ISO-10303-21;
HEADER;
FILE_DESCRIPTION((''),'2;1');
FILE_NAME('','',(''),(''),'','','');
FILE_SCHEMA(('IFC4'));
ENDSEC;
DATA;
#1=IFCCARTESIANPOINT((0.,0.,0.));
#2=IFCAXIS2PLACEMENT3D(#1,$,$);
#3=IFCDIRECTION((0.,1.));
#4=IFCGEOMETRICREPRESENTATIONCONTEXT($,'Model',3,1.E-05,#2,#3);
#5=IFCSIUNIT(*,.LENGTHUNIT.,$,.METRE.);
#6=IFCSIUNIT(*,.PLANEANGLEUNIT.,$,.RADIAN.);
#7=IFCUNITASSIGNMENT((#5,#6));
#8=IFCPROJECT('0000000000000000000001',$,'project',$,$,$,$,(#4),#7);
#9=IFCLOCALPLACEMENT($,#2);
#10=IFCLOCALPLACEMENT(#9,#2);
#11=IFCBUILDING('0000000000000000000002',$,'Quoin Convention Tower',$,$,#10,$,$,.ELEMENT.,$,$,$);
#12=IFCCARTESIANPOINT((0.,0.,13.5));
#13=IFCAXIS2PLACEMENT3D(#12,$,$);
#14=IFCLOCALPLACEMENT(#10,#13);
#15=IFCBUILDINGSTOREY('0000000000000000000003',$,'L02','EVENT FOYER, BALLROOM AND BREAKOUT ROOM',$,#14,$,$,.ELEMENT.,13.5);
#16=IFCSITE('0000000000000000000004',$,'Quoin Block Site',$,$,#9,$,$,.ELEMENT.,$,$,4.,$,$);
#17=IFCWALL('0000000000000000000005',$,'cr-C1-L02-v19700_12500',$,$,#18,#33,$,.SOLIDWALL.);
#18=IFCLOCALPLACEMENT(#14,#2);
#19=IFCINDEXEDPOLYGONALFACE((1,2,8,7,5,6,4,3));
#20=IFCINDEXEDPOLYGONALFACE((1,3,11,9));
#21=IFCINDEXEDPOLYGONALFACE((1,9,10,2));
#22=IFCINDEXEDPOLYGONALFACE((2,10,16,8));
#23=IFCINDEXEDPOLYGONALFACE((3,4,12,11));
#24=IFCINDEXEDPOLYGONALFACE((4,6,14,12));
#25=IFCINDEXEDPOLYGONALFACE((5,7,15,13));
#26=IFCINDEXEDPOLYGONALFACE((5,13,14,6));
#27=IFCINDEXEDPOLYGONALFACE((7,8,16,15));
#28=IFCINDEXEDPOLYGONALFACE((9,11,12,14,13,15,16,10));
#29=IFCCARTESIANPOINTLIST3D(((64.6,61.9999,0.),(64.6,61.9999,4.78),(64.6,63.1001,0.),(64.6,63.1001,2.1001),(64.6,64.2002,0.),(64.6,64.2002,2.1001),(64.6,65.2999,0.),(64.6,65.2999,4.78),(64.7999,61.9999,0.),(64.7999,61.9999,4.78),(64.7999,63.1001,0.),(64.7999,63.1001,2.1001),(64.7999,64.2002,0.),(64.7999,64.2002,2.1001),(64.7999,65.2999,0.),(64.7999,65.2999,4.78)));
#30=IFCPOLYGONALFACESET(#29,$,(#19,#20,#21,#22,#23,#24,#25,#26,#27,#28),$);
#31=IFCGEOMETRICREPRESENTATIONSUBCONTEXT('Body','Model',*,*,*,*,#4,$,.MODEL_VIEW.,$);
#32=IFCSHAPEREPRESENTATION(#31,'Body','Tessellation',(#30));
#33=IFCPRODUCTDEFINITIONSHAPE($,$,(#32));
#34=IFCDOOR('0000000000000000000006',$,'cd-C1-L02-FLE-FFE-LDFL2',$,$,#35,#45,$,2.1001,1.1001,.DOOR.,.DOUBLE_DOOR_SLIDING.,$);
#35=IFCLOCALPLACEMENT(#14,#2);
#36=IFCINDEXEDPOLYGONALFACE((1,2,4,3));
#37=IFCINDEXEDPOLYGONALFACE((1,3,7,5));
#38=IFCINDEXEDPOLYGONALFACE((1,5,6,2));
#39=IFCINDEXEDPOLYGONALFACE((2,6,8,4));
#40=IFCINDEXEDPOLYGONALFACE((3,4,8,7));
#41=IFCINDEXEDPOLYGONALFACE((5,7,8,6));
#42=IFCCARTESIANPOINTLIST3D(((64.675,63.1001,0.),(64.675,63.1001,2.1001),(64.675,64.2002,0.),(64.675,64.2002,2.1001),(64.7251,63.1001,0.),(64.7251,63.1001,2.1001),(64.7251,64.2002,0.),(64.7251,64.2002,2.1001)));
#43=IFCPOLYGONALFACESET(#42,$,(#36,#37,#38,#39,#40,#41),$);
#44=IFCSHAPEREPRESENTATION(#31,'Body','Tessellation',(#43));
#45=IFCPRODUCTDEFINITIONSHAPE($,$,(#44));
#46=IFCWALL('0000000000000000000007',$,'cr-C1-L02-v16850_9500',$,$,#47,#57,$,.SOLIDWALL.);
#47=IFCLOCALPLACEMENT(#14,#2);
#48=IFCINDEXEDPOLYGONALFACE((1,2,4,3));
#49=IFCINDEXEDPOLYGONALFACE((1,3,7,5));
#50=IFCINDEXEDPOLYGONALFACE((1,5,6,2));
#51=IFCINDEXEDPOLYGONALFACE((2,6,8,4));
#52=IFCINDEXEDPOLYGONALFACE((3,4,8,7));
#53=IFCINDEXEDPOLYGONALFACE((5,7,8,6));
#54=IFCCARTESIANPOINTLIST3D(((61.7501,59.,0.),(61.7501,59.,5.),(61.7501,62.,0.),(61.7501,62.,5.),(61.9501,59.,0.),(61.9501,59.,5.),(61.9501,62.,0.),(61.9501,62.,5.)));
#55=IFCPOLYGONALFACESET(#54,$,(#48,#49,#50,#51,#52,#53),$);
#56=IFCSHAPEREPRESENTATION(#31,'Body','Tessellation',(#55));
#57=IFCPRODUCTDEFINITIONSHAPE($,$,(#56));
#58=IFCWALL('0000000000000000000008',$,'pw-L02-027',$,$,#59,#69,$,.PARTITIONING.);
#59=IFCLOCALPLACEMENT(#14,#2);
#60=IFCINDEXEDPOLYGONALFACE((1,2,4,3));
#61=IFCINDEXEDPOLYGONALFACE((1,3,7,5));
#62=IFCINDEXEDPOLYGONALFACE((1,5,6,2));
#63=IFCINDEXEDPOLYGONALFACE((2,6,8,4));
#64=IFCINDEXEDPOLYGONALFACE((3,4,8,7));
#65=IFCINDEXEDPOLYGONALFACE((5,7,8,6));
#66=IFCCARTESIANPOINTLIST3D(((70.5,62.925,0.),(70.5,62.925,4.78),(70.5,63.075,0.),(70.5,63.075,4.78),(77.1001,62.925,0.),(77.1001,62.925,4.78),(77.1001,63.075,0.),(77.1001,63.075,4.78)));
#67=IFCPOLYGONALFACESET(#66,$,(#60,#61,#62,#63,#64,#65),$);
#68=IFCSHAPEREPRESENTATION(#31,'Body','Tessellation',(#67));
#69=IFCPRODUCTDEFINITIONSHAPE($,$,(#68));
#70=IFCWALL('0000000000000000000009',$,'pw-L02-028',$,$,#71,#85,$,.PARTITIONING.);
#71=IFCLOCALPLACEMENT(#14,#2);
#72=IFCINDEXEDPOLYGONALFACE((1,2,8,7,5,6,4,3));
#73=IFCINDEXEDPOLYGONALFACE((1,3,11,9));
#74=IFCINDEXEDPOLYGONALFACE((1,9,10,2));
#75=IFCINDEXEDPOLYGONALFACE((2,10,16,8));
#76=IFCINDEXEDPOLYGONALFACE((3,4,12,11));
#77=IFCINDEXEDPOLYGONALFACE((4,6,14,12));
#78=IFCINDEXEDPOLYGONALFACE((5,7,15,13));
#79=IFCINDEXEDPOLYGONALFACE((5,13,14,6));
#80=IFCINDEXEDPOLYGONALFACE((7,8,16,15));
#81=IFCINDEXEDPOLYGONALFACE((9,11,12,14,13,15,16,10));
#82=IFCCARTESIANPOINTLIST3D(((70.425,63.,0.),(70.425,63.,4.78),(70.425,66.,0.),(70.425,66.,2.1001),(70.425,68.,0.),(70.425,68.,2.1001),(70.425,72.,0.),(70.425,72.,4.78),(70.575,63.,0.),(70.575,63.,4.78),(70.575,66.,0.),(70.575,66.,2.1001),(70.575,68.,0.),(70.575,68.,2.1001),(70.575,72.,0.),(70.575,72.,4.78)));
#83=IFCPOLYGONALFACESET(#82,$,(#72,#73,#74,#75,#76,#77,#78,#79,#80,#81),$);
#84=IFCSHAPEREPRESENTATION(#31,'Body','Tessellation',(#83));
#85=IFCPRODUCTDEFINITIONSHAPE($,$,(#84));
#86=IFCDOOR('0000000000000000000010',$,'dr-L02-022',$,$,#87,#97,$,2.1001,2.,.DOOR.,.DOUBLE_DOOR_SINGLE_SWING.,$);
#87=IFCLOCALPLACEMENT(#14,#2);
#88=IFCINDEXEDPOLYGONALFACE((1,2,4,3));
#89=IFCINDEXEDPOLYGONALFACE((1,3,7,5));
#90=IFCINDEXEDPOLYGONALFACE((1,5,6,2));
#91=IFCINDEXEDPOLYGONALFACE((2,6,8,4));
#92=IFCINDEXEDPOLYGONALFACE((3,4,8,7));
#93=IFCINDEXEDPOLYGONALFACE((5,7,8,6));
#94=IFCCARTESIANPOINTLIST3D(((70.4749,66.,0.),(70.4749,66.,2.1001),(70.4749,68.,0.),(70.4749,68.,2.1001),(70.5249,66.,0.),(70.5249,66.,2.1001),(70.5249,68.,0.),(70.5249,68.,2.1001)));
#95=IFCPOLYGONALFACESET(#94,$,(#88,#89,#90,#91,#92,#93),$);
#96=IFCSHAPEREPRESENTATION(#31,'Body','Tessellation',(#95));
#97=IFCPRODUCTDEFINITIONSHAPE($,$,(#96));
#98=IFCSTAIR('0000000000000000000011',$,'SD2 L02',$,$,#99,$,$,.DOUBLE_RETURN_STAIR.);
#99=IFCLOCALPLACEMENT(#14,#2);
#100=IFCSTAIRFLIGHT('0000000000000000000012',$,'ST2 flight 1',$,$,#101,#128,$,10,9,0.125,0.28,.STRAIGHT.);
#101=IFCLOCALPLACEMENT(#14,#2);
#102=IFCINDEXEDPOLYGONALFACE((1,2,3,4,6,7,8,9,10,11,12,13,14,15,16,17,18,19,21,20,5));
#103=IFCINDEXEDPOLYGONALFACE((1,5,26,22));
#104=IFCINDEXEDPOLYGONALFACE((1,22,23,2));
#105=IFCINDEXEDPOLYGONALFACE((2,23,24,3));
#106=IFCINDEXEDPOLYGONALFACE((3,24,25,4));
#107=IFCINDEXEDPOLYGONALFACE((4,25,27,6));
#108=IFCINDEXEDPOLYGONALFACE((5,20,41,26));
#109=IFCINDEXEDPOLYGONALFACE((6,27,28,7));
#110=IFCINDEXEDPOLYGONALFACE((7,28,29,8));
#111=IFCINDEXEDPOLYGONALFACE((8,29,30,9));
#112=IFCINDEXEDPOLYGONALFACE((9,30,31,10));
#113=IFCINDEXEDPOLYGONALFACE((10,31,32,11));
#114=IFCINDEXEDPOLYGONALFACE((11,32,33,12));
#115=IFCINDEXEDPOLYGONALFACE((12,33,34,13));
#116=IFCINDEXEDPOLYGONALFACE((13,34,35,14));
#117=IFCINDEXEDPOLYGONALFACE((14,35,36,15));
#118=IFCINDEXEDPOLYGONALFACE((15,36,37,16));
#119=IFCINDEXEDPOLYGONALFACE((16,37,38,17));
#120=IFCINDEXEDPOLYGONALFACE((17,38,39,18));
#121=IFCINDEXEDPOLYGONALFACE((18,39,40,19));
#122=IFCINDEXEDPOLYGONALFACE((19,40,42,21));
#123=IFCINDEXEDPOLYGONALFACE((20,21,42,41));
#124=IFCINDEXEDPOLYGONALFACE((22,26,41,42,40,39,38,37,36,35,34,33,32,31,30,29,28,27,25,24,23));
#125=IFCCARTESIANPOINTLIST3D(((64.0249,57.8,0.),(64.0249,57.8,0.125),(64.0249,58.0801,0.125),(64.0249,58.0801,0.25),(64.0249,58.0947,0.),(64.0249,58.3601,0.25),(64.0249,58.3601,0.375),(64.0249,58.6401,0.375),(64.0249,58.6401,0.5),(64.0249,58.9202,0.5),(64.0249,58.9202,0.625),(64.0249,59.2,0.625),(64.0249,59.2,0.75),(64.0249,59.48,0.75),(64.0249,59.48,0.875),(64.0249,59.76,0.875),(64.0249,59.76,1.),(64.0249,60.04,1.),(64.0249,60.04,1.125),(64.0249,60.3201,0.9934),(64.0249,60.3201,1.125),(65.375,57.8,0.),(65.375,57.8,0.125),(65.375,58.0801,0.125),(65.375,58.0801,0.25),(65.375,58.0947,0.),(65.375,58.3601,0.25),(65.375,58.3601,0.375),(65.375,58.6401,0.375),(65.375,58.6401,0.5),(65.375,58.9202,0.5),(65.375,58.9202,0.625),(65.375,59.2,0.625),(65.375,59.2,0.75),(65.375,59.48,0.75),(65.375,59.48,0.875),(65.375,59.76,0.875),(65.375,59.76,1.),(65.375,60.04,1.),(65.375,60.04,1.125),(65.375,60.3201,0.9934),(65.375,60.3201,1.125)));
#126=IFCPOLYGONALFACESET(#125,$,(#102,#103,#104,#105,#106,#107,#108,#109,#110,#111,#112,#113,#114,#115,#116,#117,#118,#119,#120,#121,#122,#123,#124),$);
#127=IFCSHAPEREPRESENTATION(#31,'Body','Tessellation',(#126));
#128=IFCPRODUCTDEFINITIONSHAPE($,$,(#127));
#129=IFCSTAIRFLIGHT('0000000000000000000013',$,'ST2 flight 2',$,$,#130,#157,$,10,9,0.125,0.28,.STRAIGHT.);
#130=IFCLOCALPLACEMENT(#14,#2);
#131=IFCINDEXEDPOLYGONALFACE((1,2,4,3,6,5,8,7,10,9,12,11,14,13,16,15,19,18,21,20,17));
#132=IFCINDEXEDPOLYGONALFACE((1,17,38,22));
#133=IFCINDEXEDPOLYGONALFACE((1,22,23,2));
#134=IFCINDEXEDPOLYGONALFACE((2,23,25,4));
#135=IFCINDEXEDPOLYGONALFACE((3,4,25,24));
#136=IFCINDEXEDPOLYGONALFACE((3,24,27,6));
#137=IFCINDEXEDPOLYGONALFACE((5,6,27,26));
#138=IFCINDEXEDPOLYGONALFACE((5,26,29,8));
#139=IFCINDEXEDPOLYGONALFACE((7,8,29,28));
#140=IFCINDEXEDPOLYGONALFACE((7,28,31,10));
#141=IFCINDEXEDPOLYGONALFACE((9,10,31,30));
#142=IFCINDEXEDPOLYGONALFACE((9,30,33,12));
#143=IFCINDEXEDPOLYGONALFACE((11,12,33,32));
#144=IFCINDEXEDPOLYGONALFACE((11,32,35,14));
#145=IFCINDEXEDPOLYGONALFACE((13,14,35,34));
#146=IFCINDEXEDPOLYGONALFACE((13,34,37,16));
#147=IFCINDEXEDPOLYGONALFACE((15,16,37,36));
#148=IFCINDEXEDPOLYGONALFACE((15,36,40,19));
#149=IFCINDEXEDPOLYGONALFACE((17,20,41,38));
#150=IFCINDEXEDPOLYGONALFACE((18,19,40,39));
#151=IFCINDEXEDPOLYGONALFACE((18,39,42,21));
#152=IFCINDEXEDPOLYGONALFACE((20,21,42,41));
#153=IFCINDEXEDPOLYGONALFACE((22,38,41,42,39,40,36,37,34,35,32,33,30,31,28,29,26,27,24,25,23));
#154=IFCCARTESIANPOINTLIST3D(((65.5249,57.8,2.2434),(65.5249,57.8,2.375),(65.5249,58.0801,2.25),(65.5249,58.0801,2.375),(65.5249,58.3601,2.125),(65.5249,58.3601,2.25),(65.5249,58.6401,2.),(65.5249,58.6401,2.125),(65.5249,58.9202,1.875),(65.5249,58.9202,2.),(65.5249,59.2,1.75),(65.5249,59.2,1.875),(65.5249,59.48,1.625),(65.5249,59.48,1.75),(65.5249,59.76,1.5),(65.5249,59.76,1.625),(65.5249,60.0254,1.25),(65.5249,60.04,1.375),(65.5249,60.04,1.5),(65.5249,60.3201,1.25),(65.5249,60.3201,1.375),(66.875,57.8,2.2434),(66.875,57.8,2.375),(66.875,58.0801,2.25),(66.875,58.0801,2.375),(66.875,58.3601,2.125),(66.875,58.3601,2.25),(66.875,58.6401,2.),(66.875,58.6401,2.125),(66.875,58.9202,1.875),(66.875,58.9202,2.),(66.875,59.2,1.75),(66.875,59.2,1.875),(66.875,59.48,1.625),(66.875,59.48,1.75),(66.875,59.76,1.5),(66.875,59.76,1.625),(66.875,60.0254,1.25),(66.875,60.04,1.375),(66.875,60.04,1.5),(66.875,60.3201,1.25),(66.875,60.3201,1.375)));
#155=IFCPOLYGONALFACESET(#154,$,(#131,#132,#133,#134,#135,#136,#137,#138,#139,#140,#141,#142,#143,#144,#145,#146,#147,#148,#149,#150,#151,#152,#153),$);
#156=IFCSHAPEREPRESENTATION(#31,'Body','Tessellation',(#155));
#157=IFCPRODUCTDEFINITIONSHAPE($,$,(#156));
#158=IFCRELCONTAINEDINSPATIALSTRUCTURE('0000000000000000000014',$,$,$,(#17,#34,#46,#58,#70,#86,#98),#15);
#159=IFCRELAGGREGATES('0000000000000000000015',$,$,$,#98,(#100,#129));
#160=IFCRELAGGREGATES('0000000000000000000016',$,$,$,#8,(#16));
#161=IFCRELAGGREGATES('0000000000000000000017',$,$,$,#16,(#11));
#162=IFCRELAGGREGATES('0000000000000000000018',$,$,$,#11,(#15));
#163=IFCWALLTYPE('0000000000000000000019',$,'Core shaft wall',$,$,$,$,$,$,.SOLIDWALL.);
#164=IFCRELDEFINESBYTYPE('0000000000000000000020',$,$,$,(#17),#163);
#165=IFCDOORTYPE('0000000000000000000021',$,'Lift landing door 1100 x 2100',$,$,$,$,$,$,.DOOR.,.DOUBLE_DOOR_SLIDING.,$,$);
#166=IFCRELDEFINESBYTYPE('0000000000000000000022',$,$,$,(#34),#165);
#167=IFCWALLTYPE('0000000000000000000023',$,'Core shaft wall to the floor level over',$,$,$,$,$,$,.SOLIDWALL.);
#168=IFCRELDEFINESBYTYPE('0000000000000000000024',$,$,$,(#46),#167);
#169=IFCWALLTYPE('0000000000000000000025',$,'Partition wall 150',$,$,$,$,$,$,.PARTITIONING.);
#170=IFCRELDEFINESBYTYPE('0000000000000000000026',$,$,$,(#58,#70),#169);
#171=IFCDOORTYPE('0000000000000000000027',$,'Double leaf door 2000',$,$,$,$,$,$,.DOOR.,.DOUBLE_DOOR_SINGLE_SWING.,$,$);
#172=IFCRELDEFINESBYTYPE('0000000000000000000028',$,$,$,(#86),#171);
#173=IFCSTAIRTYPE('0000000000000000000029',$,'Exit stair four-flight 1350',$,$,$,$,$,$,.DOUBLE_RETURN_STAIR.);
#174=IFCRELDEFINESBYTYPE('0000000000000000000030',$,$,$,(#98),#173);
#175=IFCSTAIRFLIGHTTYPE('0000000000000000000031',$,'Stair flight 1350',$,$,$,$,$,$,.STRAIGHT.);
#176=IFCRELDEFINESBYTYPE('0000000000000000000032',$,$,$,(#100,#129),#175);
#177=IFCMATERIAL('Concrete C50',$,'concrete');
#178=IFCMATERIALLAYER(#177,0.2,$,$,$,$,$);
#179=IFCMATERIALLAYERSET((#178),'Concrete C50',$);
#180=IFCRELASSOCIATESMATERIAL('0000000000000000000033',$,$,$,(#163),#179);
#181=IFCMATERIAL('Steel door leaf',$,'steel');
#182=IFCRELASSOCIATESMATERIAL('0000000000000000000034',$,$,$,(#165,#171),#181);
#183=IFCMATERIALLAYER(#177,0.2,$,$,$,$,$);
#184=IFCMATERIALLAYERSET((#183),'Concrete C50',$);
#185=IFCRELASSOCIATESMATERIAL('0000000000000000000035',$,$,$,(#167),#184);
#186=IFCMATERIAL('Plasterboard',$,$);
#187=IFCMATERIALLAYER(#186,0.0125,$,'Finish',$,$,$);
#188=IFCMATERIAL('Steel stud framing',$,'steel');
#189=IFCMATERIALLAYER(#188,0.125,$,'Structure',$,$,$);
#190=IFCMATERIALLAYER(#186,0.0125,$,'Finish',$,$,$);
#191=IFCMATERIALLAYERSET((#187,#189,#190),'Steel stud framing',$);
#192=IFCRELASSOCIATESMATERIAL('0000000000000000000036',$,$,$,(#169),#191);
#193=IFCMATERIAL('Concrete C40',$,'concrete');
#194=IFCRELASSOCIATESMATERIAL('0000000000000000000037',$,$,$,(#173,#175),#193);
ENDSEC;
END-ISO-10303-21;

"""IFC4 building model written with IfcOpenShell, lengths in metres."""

from ifc_helpers import new_model, si_unit, direction, frame, frame_2d, origin, place, context, subcontext, project, spatial, polyline, rectangle, outline, extrude, material, layer, layer_set, type_object, element, fill, aggregate, save


model = new_model("IFC4")

# Units and contexts
model_context = context("Model", 3, precision=1e-05, world=origin(), true_north=direction((0.0, 1.0)))
body_context = subcontext(model_context, "Body", "Model", "MODEL_VIEW")
ifc_project = project(units=[si_unit("LENGTHUNIT", "METRE"), si_unit("PLANEANGLEUNIT", "RADIAN")], contexts=[model_context])

# Site, building, storey
site_placement = place(None, origin())
site = spatial("IfcSite", under=ifc_project, at=site_placement, Name="Quoin Block Site", CompositionType="ELEMENT", RefElevation=4.0)
building_placement = place(site_placement, origin())
building = spatial("IfcBuilding", under=site, at=building_placement, Name="Quoin Convention Tower", CompositionType="ELEMENT")
storey_placement = place(building_placement, frame((0.0, 0.0, 13.5)))
storey = spatial("IfcBuildingStorey", under=building, at=storey_placement, Name="L02", Description="EVENT FOYER, BALLROOM AND BREAKOUT ROOM", CompositionType="ELEMENT", Elevation=13.5)

# Shared definitions
ifc_material_1 = material(Name="Plasterboard")
ifc_material_2 = material(Name="Steel stud framing", Category="steel")
ifc_material_3 = material(Name="Steel door leaf", Category="steel")

# Shared definitions
ifc_material_4 = material(Name="Concrete C50", Category="concrete")
ifc_layer_1 = layer(ifc_material_4, 0.2)
ifc_layer_set_1 = layer_set([ifc_layer_1], Name="Concrete C50")
wall_type_1 = type_object("IfcWallType", Name="Core shaft wall", PredefinedType="SOLIDWALL", material=ifc_layer_set_1)

# Wall, opening, door
wall_1_placement = place(storey_placement, frame((64.7, 62.0, 0.0), z_axis=(0.0, 0.0, 1.0), x_axis=(0.0, 1.0, 0.0)))
wall_1 = element("IfcWall", 1, at=wall_1_placement, inside=storey, type_object=wall_type_1, Name="cr-C1-L02-v19700_12500", PredefinedType="SOLIDWALL", context=body_context, shape_type="SweptSolid", body=[
    extrude(rectangle(XDim=3.3, YDim=0.2, at=frame_2d((1.6499, 0.0))), origin(), (0.0, 0.0, 1.0), 4.78),
])
opening_1_placement = place(wall_1_placement, frame((1.1001, 0.0, 0.0)))
opening_1 = element("IfcOpeningElement", 2, at=opening_1_placement, cuts=wall_1, PredefinedType="OPENING", context=body_context, shape_type="SweptSolid", body=[
    extrude(rectangle(XDim=1.1001, YDim=2.1001, at=frame_2d((0.55, 1.05))), frame((0.0, 0.1099, 0.0), z_axis=(0.0, -1.0, 0.0), x_axis=(1.0, 0.0, 0.0)), (0.0, 0.0, 1.0), 0.22),
])
door_type_1 = type_object("IfcDoorType", Name="Lift landing door 1100 x 2100", OperationType="DOUBLE_DOOR_SLIDING", PredefinedType="DOOR", material=ifc_material_3)
door_1_placement = place(opening_1_placement, origin())
door_1 = element("IfcDoor", 3, at=door_1_placement, inside=storey, type_object=door_type_1, Name="cd-C1-L02-FLE-FFE-LDFL2", OperationType="DOUBLE_DOOR_SLIDING", OverallHeight=2.1001, OverallWidth=1.1001, PredefinedType="DOOR", context=body_context, shape_type="SweptSolid", body=[
    extrude(rectangle(XDim=1.1001, YDim=2.1001, at=frame_2d((0.55, 1.05))), frame((0.0, 0.0249, 0.0), z_axis=(0.0, -1.0, 0.0), x_axis=(1.0, 0.0, 0.0)), (0.0, 0.0, 1.0), 0.05),
])
fill(opening_1, door_1)

# Walls
ifc_layer_2 = layer(ifc_material_4, 0.2)
ifc_layer_set_2 = layer_set([ifc_layer_2], Name="Concrete C50")
wall_type_2 = type_object("IfcWallType", Name="Core shaft wall to the floor level over", PredefinedType="SOLIDWALL", material=ifc_layer_set_2)
wall_2_placement = place(storey_placement, frame((61.8501, 59.0, 0.0), z_axis=(0.0, 0.0, 1.0), x_axis=(0.0, 1.0, 0.0)))
element("IfcWall", 4, at=wall_2_placement, inside=storey, type_object=wall_type_2, Name="cr-C1-L02-v16850_9500", PredefinedType="SOLIDWALL", context=body_context, shape_type="SweptSolid", body=[
    extrude(rectangle(XDim=3.0, YDim=0.2, at=frame_2d((1.5, 0.0))), origin(), (0.0, 0.0, 1.0), 5.0),
])
ifc_layer_3 = layer(ifc_material_1, 0.0125, Name="Finish")
ifc_layer_4 = layer(ifc_material_2, 0.125, Name="Structure")
ifc_layer_5 = layer(ifc_material_1, 0.0125, Name="Finish")
ifc_layer_set_3 = layer_set([ifc_layer_3, ifc_layer_4, ifc_layer_5], Name="Steel stud framing")
wall_type_3 = type_object("IfcWallType", Name="Partition wall 150", PredefinedType="PARTITIONING", material=ifc_layer_set_3)
wall_3_placement = place(storey_placement, frame((70.5, 63.0, 0.0), z_axis=(0.0, 0.0, 1.0), x_axis=(1.0, 0.0, 0.0)))
element("IfcWall", 5, at=wall_3_placement, inside=storey, type_object=wall_type_3, Name="pw-L02-027", PredefinedType="PARTITIONING", context=body_context, shape_type="SweptSolid", body=[
    extrude(rectangle(XDim=6.6001, YDim=0.1499, at=frame_2d((3.3, 0.0))), origin(), (0.0, 0.0, 1.0), 4.78),
])

# Wall, opening, door
wall_4_placement = place(storey_placement, frame((70.5, 63.0, 0.0), z_axis=(0.0, 0.0, 1.0), x_axis=(0.0, 1.0, 0.0)))
wall_4 = element("IfcWall", 6, at=wall_4_placement, inside=storey, type_object=wall_type_3, Name="pw-L02-028", PredefinedType="PARTITIONING", context=body_context, shape_type="SweptSolid", body=[
    extrude(rectangle(XDim=9.0, YDim=0.1499, at=frame_2d((4.5, 0.0))), origin(), (0.0, 0.0, 1.0), 4.78),
])
opening_2_placement = place(wall_4_placement, frame((3.0, 0.0, 0.0)))
opening_2 = element("IfcOpeningElement", 7, at=opening_2_placement, cuts=wall_4, PredefinedType="OPENING", context=body_context, shape_type="SweptSolid", body=[
    extrude(rectangle(XDim=2.0, YDim=2.1001, at=frame_2d((1.0, 1.05))), frame((0.0, 0.085, 0.0), z_axis=(0.0, -1.0, 0.0), x_axis=(1.0, 0.0, 0.0)), (0.0, 0.0, 1.0), 0.1699),
])
door_type_2 = type_object("IfcDoorType", Name="Double leaf door 2000", OperationType="DOUBLE_DOOR_SINGLE_SWING", PredefinedType="DOOR", material=ifc_material_3)
door_2_placement = place(opening_2_placement, frame((2.0, 0.0, 0.0), z_axis=(0.0, 0.0, 1.0), x_axis=(-1.0, 0.0, 0.0)))
door_2 = element("IfcDoor", 8, at=door_2_placement, inside=storey, type_object=door_type_2, Name="dr-L02-022", OperationType="DOUBLE_DOOR_SINGLE_SWING", OverallHeight=2.1001, OverallWidth=2.0, PredefinedType="DOOR", context=body_context, shape_type="SweptSolid", body=[
    extrude(rectangle(XDim=2.0, YDim=2.1001, at=frame_2d((1.0, 1.05))), frame((0.0, 0.0249, 0.0), z_axis=(0.0, -1.0, 0.0), x_axis=(1.0, 0.0, 0.0)), (0.0, 0.0, 1.0), 0.05),
])
fill(opening_2, door_2)

# Stair, stair flights
ifc_material_5 = material(Name="Concrete C40", Category="concrete")
stair_type = type_object("IfcStairType", Name="Exit stair four-flight 1350", PredefinedType="DOUBLE_RETURN_STAIR", material=ifc_material_5)
stair_placement = place(storey_placement, origin())
stair = element("IfcStair", 9, at=stair_placement, inside=storey, type_object=stair_type, Name="SD2 L02", PredefinedType="DOUBLE_RETURN_STAIR")
stair_flight_type = type_object("IfcStairFlightType", Name="Stair flight 1350", PredefinedType="STRAIGHT", material=ifc_material_5)
stair_flight_1_placement = place(storey_placement, frame((64.7, 57.8, 0.0), z_axis=(0.0, 0.0, 1.0), x_axis=(0.0, 1.0, 0.0)))
stair_flight_1 = element("IfcStairFlight", 10, at=stair_flight_1_placement, type_object=stair_flight_type, Name="ST2 flight 1", NumberOfRisers=10, NumberOfTreads=9, PredefinedType="STRAIGHT", RiserHeight=0.125, TreadLength=0.28, context=body_context, shape_type="SweptSolid", body=[
    extrude(outline(polyline([(0.0, 0.0), (0.0, 0.125), (0.28, 0.125), (0.28, 0.25), (0.5601, 0.25), (0.5601, 0.375), (0.8401, 0.375), (0.8401, 0.5), (1.1201, 0.5), (1.1201, 0.625), (1.3999, 0.625), (1.3999, 0.75), (1.6799, 0.75), (1.6799, 0.875), (1.96, 0.875), (1.96, 1.0), (2.24, 1.0), (2.24, 1.125), (2.52, 1.125), (2.52, 1.25), (2.52, 0.9934), (0.2947, 0.0), (0.0, 0.0)])), frame((0.0, 0.675, 0.0), z_axis=(0.0, -1.0, 0.0), x_axis=(1.0, 0.0, 0.0)), (0.0, 0.0, 1.0), 1.3501),
])
stair_flight_2_placement = place(storey_placement, frame((66.2, 60.3201, 1.25), z_axis=(0.0, 0.0, 1.0), x_axis=(0.0, -1.0, 0.0)))
stair_flight_2 = element("IfcStairFlight", 11, at=stair_flight_2_placement, type_object=stair_flight_type, Name="ST2 flight 2", NumberOfRisers=10, NumberOfTreads=9, PredefinedType="STRAIGHT", RiserHeight=0.125, TreadLength=0.28, context=body_context, shape_type="SweptSolid", body=[
    extrude(outline(polyline([(0.0, 0.0), (0.0, 0.125), (0.28, 0.125), (0.28, 0.25), (0.5601, 0.25), (0.5601, 0.375), (0.8401, 0.375), (0.8401, 0.5), (1.1201, 0.5), (1.1201, 0.625), (1.3999, 0.625), (1.3999, 0.75), (1.6799, 0.75), (1.6799, 0.875), (1.96, 0.875), (1.96, 1.0), (2.24, 1.0), (2.24, 1.125), (2.52, 1.125), (2.52, 1.25), (2.52, 0.9934), (0.2947, 0.0), (0.0, 0.0)])), frame((0.0, 0.675, 0.0), z_axis=(0.0, -1.0, 0.0), x_axis=(1.0, 0.0, 0.0)), (0.0, 0.0, 1.0), 1.3501),
])
aggregate(stair, [stair_flight_1, stair_flight_2])

save(model, "model.ifc")
